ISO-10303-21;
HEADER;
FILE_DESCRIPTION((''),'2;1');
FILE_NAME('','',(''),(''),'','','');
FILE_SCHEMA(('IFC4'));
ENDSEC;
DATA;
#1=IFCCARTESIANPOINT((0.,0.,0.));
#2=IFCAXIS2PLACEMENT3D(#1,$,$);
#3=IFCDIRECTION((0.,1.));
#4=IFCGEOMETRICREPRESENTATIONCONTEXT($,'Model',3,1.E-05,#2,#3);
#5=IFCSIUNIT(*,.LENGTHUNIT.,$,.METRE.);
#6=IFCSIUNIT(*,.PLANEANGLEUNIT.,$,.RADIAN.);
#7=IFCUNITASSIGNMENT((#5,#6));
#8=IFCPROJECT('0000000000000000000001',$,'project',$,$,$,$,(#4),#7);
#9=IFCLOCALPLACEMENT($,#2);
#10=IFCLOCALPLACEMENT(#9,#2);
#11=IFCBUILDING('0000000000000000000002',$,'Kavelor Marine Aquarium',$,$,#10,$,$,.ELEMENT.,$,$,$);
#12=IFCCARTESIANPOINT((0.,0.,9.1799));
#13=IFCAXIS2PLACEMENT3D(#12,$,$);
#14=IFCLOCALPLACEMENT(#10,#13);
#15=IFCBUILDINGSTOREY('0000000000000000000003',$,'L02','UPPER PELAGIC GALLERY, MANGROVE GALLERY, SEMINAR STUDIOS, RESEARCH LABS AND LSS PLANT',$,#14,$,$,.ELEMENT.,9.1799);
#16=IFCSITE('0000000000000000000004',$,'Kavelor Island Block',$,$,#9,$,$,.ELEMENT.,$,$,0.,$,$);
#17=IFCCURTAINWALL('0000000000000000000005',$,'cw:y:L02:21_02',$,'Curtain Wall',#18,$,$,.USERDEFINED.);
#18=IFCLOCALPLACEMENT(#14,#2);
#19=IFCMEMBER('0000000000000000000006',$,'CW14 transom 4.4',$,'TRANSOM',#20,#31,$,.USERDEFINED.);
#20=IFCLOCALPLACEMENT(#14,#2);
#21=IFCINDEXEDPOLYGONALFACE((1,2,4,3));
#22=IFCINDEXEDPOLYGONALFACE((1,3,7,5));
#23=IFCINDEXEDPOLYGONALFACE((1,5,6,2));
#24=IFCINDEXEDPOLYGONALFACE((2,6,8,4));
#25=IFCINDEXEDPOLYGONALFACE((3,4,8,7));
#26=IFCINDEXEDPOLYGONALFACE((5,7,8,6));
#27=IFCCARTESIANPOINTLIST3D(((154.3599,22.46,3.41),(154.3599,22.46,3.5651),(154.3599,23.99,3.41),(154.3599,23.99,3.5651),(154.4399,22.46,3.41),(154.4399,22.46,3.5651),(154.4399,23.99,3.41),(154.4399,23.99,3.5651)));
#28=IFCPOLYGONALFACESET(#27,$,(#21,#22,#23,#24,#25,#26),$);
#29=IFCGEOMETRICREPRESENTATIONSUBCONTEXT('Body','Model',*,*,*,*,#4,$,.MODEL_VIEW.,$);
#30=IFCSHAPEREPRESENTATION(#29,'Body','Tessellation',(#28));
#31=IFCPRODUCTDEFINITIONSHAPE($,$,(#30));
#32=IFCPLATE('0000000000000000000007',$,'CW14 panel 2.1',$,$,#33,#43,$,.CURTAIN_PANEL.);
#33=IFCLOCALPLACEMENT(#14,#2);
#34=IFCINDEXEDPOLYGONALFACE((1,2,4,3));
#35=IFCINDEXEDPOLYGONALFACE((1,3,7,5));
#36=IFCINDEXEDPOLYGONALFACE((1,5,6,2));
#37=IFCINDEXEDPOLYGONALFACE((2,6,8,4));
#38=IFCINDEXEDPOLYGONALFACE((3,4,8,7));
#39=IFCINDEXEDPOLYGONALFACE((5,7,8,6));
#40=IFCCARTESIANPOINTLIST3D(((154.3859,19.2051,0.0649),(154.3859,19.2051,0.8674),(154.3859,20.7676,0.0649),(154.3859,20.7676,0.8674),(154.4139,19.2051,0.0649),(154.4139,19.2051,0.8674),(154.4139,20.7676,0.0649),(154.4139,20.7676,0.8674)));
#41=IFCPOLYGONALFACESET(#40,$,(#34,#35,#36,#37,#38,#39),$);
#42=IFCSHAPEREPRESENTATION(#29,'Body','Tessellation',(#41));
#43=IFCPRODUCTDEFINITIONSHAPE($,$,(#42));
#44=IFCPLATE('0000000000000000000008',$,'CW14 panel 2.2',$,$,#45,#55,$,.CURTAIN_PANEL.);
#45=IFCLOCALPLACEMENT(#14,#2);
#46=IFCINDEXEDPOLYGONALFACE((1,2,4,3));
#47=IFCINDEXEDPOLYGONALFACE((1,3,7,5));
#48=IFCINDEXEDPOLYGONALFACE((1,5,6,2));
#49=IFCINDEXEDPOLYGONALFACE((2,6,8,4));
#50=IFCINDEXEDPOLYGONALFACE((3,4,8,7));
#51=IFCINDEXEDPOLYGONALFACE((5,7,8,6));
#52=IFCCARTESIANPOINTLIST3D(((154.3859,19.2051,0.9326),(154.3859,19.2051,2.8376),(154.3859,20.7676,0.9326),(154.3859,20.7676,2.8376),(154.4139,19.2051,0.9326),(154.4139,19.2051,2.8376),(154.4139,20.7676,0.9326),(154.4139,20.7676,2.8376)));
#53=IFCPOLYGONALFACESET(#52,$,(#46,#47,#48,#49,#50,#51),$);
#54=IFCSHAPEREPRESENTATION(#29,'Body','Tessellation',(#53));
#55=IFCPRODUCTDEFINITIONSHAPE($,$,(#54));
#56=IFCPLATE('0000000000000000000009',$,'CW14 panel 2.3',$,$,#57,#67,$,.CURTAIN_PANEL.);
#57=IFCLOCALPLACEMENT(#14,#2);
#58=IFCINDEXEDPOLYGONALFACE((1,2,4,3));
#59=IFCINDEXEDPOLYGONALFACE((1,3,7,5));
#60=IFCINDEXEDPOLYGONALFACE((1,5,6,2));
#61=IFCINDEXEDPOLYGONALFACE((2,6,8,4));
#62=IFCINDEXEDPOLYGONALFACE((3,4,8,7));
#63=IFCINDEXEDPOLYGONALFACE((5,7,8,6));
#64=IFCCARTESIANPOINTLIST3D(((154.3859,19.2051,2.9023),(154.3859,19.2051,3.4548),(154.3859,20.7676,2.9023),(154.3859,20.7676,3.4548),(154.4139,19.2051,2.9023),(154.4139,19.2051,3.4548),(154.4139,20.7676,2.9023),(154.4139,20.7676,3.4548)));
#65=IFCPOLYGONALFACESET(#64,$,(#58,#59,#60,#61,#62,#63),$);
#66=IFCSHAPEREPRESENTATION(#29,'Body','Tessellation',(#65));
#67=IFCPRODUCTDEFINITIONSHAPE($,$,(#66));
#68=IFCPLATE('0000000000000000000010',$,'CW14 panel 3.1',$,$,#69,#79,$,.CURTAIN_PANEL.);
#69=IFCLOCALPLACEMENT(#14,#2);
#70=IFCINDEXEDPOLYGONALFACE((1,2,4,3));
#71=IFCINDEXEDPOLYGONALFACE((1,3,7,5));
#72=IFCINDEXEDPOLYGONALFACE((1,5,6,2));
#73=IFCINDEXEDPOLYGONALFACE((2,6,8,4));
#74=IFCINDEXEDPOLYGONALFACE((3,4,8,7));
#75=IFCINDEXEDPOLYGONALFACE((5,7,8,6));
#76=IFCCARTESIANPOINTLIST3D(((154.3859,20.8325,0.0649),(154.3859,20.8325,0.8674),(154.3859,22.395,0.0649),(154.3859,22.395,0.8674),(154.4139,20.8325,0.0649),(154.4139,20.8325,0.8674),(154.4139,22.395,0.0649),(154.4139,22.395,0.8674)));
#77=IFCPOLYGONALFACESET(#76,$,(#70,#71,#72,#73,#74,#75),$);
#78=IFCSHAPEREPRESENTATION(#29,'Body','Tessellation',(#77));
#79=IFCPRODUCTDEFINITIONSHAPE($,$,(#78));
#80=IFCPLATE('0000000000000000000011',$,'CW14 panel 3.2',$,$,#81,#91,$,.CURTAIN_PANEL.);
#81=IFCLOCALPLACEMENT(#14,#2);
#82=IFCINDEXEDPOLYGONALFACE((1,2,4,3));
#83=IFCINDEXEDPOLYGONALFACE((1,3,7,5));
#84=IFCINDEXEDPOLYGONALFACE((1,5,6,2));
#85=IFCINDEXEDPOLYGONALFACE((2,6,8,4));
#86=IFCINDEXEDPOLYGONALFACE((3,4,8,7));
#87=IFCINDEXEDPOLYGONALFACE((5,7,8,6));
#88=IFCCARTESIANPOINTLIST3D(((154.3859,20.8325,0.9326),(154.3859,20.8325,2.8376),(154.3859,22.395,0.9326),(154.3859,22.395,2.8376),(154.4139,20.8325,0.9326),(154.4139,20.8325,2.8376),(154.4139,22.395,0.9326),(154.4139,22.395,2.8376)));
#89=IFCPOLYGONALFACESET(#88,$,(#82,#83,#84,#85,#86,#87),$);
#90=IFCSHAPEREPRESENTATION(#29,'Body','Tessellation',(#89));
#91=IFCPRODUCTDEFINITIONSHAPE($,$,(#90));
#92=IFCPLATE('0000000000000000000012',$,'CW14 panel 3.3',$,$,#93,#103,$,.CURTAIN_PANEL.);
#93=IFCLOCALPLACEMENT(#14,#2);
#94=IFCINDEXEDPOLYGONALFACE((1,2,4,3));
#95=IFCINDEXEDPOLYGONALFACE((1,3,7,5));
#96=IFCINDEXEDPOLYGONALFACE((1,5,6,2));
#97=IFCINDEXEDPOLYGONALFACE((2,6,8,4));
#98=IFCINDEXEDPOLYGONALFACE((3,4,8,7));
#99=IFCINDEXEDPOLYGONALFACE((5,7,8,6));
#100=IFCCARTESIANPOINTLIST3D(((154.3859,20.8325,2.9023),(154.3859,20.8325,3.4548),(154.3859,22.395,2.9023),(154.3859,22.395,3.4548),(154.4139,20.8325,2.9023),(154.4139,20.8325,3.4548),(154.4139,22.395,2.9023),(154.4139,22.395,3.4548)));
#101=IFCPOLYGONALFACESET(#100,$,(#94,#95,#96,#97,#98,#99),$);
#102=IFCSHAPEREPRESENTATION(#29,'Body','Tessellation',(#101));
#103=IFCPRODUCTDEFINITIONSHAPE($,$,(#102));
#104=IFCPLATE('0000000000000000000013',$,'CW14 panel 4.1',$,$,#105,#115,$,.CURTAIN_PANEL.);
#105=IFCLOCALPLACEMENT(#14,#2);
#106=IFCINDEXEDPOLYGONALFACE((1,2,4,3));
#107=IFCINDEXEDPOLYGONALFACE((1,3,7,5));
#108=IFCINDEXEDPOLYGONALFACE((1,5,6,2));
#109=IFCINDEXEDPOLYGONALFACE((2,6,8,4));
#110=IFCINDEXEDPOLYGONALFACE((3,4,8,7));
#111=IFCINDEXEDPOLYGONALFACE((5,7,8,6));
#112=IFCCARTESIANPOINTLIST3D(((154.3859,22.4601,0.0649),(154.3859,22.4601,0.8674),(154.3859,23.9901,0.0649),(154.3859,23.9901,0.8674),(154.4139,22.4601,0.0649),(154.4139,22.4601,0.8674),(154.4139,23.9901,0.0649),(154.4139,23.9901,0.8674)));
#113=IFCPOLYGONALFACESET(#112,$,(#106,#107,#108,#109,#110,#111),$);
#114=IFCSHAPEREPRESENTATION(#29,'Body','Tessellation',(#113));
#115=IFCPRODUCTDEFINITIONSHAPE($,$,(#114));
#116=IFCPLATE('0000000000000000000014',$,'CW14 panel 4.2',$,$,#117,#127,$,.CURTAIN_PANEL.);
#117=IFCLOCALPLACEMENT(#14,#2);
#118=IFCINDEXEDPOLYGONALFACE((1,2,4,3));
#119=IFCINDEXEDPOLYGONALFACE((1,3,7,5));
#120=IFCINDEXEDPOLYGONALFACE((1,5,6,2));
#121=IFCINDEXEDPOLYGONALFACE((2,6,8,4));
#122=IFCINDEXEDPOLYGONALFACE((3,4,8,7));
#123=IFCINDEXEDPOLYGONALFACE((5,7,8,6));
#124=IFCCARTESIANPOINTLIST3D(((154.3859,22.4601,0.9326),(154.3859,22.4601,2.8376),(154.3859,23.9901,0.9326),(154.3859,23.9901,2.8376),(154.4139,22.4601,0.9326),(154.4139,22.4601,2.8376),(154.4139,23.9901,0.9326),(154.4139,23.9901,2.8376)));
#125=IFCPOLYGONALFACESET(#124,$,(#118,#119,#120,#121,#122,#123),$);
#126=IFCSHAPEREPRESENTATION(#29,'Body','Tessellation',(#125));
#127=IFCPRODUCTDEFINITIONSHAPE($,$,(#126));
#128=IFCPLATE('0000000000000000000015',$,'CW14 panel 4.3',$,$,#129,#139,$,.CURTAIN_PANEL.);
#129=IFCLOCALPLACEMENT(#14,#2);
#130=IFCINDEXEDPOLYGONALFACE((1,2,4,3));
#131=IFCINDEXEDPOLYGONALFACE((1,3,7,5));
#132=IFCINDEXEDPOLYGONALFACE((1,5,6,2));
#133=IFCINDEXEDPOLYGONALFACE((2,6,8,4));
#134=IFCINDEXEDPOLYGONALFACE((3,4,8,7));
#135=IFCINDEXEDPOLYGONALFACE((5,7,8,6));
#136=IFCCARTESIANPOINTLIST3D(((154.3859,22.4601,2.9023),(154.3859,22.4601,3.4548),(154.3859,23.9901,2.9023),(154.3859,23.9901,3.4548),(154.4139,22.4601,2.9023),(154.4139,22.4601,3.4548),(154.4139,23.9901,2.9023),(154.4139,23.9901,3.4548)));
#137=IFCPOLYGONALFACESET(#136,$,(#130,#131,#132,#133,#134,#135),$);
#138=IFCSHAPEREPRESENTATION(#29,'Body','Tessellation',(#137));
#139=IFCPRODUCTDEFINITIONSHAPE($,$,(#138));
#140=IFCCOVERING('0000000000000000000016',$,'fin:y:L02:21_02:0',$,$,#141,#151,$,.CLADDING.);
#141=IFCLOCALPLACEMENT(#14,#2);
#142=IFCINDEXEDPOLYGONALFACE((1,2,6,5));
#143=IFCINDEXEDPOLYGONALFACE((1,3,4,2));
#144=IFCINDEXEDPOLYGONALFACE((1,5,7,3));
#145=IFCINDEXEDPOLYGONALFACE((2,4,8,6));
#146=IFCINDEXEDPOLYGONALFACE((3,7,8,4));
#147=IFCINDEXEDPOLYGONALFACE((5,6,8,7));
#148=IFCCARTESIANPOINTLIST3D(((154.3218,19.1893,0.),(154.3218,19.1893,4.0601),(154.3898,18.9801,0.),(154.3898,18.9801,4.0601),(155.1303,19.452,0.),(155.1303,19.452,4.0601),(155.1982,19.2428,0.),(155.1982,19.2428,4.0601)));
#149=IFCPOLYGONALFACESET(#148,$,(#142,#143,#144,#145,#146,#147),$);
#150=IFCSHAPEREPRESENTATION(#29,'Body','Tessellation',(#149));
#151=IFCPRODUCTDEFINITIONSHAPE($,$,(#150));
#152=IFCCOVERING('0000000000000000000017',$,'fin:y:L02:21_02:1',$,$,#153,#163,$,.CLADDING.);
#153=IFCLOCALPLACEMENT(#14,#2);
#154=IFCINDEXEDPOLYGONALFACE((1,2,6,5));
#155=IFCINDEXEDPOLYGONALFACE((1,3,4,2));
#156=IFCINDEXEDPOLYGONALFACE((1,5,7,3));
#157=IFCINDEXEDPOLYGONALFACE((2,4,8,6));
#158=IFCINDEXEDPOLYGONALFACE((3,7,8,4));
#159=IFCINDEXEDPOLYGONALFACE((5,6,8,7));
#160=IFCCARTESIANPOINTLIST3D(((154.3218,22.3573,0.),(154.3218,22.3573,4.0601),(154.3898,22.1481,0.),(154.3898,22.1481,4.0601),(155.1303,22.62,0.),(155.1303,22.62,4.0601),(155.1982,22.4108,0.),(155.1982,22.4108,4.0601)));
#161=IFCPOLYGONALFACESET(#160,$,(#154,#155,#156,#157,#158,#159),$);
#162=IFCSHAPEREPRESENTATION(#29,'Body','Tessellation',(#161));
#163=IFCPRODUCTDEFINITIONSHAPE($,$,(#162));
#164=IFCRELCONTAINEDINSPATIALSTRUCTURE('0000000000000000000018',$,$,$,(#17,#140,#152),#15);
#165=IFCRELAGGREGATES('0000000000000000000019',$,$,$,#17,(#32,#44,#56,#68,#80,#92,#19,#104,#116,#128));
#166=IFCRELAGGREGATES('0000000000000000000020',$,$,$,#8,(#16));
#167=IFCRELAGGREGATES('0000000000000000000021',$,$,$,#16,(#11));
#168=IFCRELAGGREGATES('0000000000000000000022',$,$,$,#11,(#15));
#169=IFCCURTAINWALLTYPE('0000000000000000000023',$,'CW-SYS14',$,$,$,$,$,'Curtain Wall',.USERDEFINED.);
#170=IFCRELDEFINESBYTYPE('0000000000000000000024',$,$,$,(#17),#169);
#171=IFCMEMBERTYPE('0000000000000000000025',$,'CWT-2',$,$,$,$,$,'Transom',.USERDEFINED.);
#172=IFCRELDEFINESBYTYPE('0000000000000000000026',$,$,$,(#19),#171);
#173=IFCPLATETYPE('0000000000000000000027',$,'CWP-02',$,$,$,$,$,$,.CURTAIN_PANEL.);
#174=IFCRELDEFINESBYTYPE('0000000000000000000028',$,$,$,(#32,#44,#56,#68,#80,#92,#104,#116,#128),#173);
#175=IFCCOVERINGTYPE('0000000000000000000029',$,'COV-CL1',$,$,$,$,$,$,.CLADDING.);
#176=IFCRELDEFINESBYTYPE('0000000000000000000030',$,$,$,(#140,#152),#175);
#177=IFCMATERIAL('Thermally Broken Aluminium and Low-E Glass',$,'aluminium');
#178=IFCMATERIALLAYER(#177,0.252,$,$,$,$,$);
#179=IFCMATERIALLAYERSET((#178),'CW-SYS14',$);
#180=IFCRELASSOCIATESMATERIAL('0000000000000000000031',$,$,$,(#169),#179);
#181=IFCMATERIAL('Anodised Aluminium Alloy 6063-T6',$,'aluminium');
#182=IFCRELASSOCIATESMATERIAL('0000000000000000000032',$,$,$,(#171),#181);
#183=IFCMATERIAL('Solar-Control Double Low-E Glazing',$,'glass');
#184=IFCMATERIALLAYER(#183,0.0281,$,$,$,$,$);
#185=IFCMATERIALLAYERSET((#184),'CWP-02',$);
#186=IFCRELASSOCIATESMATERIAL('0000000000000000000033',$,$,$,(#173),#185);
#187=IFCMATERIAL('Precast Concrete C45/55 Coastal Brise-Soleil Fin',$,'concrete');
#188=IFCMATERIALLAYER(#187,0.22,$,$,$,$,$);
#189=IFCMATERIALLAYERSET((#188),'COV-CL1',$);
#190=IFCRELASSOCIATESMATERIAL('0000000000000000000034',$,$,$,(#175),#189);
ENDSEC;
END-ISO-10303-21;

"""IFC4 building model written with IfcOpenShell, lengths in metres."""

from ifc_helpers import new_model, si_unit, direction, frame, origin, origin_2d, place, context, subcontext, project, spatial, rectangle, extrude, material, layer, layer_set, material_profile, profile_set, type_object, element, aggregate, save


model = new_model("IFC4")

# Units and contexts
model_context = context("Model", 3, precision=1e-05, world=origin(), true_north=direction((0.0, 1.0)))
body_context = subcontext(model_context, "Body", "Model", "MODEL_VIEW")
ifc_project = project(units=[si_unit("LENGTHUNIT", "METRE"), si_unit("PLANEANGLEUNIT", "RADIAN")], contexts=[model_context])

# Site, building, storey
site_placement = place(None, origin())
site = spatial("IfcSite", under=ifc_project, at=site_placement, Name="Kavelor Island Block", CompositionType="ELEMENT", RefElevation=0.0)
building_placement = place(site_placement, origin())
building = spatial("IfcBuilding", under=site, at=building_placement, Name="Kavelor Marine Aquarium", CompositionType="ELEMENT")
storey_placement = place(building_placement, frame((0.0, 0.0, 9.1799)))
storey = spatial("IfcBuildingStorey", under=building, at=storey_placement, Name="L02", Description="UPPER PELAGIC GALLERY, MANGROVE GALLERY, SEMINAR STUDIOS, RESEARCH LABS AND LSS PLANT", CompositionType="ELEMENT", Elevation=9.1799)

# Curtain wall, member, plates
ifc_material_1 = material(Name="Thermally Broken Aluminium and Low-E Glass", Category="aluminium")
ifc_layer_1 = layer(ifc_material_1, 0.252)
ifc_layer_set_1 = layer_set([ifc_layer_1], Name="CW-SYS14")
curtain_wall_type = type_object("IfcCurtainWallType", Name="CW-SYS14", ElementType="Curtain Wall", PredefinedType="USERDEFINED", material=ifc_layer_set_1)
curtain_wall_placement = place(storey_placement, origin())
curtain_wall = element("IfcCurtainWall", 1, at=curtain_wall_placement, inside=storey, type_object=curtain_wall_type, Name="cw:y:L02:21_02", ObjectType="Curtain Wall", PredefinedType="USERDEFINED")
ifc_material_2 = material(Name="Anodised Aluminium Alloy 6063-T6", Category="aluminium")
ifc_material_profile_1 = material_profile(ifc_material_2, rectangle(XDim=0.0801, YDim=0.155, at=origin_2d()), Name="CW-TRN 80x155")
ifc_profile_set_1 = profile_set([ifc_material_profile_1], Name="Anodised Aluminium Alloy 6063-T6")
member_type_1 = type_object("IfcMemberType", Name="CWT-2", ElementType="Transom", PredefinedType="USERDEFINED", material=ifc_profile_set_1)
member_1_placement = place(storey_placement, frame((154.3999, 22.46, 3.4875), z_axis=(0.0, 1.0, 0.0), x_axis=(-1.0, 0.0, 0.0)))
member_1 = element("IfcMember", 2, at=member_1_placement, type_object=member_type_1, Name="CW14 transom 4.4", ObjectType="TRANSOM", PredefinedType="USERDEFINED", context=body_context, shape_type="SweptSolid", body=[
    extrude(rectangle(XDim=0.0801, YDim=0.155, at=origin_2d()), origin(), (0.0, 0.0, 1.0), 1.53),
])
ifc_material_3 = material(Name="Solar-Control Double Low-E Glazing", Category="glass")
ifc_layer_2 = layer(ifc_material_3, 0.0281)
ifc_layer_set_2 = layer_set([ifc_layer_2], Name="CWP-02")
plate_type = type_object("IfcPlateType", Name="CWP-02", PredefinedType="CURTAIN_PANEL", material=ifc_layer_set_2)
plate_1_placement = place(storey_placement, frame((154.3999, 19.9863, 0.0649), z_axis=(0.0, 0.0, 1.0), x_axis=(0.0, 1.0, 0.0)))
plate_1 = element("IfcPlate", 3, at=plate_1_placement, type_object=plate_type, Name="CW14 panel 2.1", PredefinedType="CURTAIN_PANEL", context=body_context, shape_type="SweptSolid", body=[
    extrude(rectangle(XDim=1.5625, YDim=0.0281, at=origin_2d()), origin(), (0.0, 0.0, 1.0), 0.8025),
])
plate_2_placement = place(storey_placement, frame((154.3999, 19.9863, 0.9326), z_axis=(0.0, 0.0, 1.0), x_axis=(0.0, 1.0, 0.0)))
plate_2 = element("IfcPlate", 4, at=plate_2_placement, type_object=plate_type, Name="CW14 panel 2.2", PredefinedType="CURTAIN_PANEL", context=body_context, shape_type="SweptSolid", body=[
    extrude(rectangle(XDim=1.5625, YDim=0.0281, at=origin_2d()), origin(), (0.0, 0.0, 1.0), 1.905),
])
plate_3_placement = place(storey_placement, frame((154.3999, 19.9863, 2.9023), z_axis=(0.0, 0.0, 1.0), x_axis=(0.0, 1.0, 0.0)))
plate_3 = element("IfcPlate", 5, at=plate_3_placement, type_object=plate_type, Name="CW14 panel 2.3", PredefinedType="CURTAIN_PANEL", context=body_context, shape_type="SweptSolid", body=[
    extrude(rectangle(XDim=1.5625, YDim=0.0281, at=origin_2d()), origin(), (0.0, 0.0, 1.0), 0.5525),
])
plate_4_placement = place(storey_placement, frame((154.3999, 21.6138, 0.0649), z_axis=(0.0, 0.0, 1.0), x_axis=(0.0, 1.0, 0.0)))
plate_4 = element("IfcPlate", 6, at=plate_4_placement, type_object=plate_type, Name="CW14 panel 3.1", PredefinedType="CURTAIN_PANEL", context=body_context, shape_type="SweptSolid", body=[
    extrude(rectangle(XDim=1.5625, YDim=0.0281, at=origin_2d()), origin(), (0.0, 0.0, 1.0), 0.8025),
])
plate_5_placement = place(storey_placement, frame((154.3999, 21.6138, 0.9326), z_axis=(0.0, 0.0, 1.0), x_axis=(0.0, 1.0, 0.0)))
plate_5 = element("IfcPlate", 7, at=plate_5_placement, type_object=plate_type, Name="CW14 panel 3.2", PredefinedType="CURTAIN_PANEL", context=body_context, shape_type="SweptSolid", body=[
    extrude(rectangle(XDim=1.5625, YDim=0.0281, at=origin_2d()), origin(), (0.0, 0.0, 1.0), 1.905),
])
plate_6_placement = place(storey_placement, frame((154.3999, 21.6138, 2.9023), z_axis=(0.0, 0.0, 1.0), x_axis=(0.0, 1.0, 0.0)))
plate_6 = element("IfcPlate", 8, at=plate_6_placement, type_object=plate_type, Name="CW14 panel 3.3", PredefinedType="CURTAIN_PANEL", context=body_context, shape_type="SweptSolid", body=[
    extrude(rectangle(XDim=1.5625, YDim=0.0281, at=origin_2d()), origin(), (0.0, 0.0, 1.0), 0.5525),
])
plate_7_placement = place(storey_placement, frame((154.3999, 23.2251, 0.0649), z_axis=(0.0, 0.0, 1.0), x_axis=(0.0, 1.0, 0.0)))
plate_7 = element("IfcPlate", 9, at=plate_7_placement, type_object=plate_type, Name="CW14 panel 4.1", PredefinedType="CURTAIN_PANEL", context=body_context, shape_type="SweptSolid", body=[
    extrude(rectangle(XDim=1.53, YDim=0.0281, at=origin_2d()), origin(), (0.0, 0.0, 1.0), 0.8025),
])
plate_8_placement = place(storey_placement, frame((154.3999, 23.2251, 0.9326), z_axis=(0.0, 0.0, 1.0), x_axis=(0.0, 1.0, 0.0)))
plate_8 = element("IfcPlate", 10, at=plate_8_placement, type_object=plate_type, Name="CW14 panel 4.2", PredefinedType="CURTAIN_PANEL", context=body_context, shape_type="SweptSolid", body=[
    extrude(rectangle(XDim=1.53, YDim=0.0281, at=origin_2d()), origin(), (0.0, 0.0, 1.0), 1.905),
])
plate_9_placement = place(storey_placement, frame((154.3999, 23.2251, 2.9023), z_axis=(0.0, 0.0, 1.0), x_axis=(0.0, 1.0, 0.0)))
plate_9 = element("IfcPlate", 11, at=plate_9_placement, type_object=plate_type, Name="CW14 panel 4.3", PredefinedType="CURTAIN_PANEL", context=body_context, shape_type="SweptSolid", body=[
    extrude(rectangle(XDim=1.53, YDim=0.0281, at=origin_2d()), origin(), (0.0, 0.0, 1.0), 0.5525),
])
aggregate(curtain_wall, [plate_1, plate_2, plate_3, plate_4, plate_5, plate_6, member_1, plate_7, plate_8, plate_9])

# Coverings
ifc_material_4 = material(Name="Precast Concrete C45/55 Coastal Brise-Soleil Fin", Category="concrete")
ifc_layer_3 = layer(ifc_material_4, 0.22)
ifc_layer_set_3 = layer_set([ifc_layer_3], Name="COV-CL1")
covering_type = type_object("IfcCoveringType", Name="COV-CL1", PredefinedType="CLADDING", material=ifc_layer_set_3)
for number, where, z_axis, x_axis, name in (
    (12, (154.76, 19.2161, 0.0), (0.0, 0.0, 1.0), (0.951057, 0.309017, 0.0), "fin:y:L02:21_02:0"),
    (13, (154.76, 22.384, 0.0), (0.0, 0.0, 1.0), (0.951057, 0.309017, 0.0), "fin:y:L02:21_02:1"),
):
    element("IfcCovering", number, at=place(storey_placement, frame(where, z_axis=z_axis, x_axis=x_axis)), inside=storey, type_object=covering_type, Name=name, PredefinedType="CLADDING", context=body_context, shape_type="SweptSolid", body=[
        extrude(rectangle(XDim=0.8501, YDim=0.22, at=origin_2d()), origin(), (0.0, 0.0, 1.0), 4.0601),
    ])

save(model, "model.ifc")
